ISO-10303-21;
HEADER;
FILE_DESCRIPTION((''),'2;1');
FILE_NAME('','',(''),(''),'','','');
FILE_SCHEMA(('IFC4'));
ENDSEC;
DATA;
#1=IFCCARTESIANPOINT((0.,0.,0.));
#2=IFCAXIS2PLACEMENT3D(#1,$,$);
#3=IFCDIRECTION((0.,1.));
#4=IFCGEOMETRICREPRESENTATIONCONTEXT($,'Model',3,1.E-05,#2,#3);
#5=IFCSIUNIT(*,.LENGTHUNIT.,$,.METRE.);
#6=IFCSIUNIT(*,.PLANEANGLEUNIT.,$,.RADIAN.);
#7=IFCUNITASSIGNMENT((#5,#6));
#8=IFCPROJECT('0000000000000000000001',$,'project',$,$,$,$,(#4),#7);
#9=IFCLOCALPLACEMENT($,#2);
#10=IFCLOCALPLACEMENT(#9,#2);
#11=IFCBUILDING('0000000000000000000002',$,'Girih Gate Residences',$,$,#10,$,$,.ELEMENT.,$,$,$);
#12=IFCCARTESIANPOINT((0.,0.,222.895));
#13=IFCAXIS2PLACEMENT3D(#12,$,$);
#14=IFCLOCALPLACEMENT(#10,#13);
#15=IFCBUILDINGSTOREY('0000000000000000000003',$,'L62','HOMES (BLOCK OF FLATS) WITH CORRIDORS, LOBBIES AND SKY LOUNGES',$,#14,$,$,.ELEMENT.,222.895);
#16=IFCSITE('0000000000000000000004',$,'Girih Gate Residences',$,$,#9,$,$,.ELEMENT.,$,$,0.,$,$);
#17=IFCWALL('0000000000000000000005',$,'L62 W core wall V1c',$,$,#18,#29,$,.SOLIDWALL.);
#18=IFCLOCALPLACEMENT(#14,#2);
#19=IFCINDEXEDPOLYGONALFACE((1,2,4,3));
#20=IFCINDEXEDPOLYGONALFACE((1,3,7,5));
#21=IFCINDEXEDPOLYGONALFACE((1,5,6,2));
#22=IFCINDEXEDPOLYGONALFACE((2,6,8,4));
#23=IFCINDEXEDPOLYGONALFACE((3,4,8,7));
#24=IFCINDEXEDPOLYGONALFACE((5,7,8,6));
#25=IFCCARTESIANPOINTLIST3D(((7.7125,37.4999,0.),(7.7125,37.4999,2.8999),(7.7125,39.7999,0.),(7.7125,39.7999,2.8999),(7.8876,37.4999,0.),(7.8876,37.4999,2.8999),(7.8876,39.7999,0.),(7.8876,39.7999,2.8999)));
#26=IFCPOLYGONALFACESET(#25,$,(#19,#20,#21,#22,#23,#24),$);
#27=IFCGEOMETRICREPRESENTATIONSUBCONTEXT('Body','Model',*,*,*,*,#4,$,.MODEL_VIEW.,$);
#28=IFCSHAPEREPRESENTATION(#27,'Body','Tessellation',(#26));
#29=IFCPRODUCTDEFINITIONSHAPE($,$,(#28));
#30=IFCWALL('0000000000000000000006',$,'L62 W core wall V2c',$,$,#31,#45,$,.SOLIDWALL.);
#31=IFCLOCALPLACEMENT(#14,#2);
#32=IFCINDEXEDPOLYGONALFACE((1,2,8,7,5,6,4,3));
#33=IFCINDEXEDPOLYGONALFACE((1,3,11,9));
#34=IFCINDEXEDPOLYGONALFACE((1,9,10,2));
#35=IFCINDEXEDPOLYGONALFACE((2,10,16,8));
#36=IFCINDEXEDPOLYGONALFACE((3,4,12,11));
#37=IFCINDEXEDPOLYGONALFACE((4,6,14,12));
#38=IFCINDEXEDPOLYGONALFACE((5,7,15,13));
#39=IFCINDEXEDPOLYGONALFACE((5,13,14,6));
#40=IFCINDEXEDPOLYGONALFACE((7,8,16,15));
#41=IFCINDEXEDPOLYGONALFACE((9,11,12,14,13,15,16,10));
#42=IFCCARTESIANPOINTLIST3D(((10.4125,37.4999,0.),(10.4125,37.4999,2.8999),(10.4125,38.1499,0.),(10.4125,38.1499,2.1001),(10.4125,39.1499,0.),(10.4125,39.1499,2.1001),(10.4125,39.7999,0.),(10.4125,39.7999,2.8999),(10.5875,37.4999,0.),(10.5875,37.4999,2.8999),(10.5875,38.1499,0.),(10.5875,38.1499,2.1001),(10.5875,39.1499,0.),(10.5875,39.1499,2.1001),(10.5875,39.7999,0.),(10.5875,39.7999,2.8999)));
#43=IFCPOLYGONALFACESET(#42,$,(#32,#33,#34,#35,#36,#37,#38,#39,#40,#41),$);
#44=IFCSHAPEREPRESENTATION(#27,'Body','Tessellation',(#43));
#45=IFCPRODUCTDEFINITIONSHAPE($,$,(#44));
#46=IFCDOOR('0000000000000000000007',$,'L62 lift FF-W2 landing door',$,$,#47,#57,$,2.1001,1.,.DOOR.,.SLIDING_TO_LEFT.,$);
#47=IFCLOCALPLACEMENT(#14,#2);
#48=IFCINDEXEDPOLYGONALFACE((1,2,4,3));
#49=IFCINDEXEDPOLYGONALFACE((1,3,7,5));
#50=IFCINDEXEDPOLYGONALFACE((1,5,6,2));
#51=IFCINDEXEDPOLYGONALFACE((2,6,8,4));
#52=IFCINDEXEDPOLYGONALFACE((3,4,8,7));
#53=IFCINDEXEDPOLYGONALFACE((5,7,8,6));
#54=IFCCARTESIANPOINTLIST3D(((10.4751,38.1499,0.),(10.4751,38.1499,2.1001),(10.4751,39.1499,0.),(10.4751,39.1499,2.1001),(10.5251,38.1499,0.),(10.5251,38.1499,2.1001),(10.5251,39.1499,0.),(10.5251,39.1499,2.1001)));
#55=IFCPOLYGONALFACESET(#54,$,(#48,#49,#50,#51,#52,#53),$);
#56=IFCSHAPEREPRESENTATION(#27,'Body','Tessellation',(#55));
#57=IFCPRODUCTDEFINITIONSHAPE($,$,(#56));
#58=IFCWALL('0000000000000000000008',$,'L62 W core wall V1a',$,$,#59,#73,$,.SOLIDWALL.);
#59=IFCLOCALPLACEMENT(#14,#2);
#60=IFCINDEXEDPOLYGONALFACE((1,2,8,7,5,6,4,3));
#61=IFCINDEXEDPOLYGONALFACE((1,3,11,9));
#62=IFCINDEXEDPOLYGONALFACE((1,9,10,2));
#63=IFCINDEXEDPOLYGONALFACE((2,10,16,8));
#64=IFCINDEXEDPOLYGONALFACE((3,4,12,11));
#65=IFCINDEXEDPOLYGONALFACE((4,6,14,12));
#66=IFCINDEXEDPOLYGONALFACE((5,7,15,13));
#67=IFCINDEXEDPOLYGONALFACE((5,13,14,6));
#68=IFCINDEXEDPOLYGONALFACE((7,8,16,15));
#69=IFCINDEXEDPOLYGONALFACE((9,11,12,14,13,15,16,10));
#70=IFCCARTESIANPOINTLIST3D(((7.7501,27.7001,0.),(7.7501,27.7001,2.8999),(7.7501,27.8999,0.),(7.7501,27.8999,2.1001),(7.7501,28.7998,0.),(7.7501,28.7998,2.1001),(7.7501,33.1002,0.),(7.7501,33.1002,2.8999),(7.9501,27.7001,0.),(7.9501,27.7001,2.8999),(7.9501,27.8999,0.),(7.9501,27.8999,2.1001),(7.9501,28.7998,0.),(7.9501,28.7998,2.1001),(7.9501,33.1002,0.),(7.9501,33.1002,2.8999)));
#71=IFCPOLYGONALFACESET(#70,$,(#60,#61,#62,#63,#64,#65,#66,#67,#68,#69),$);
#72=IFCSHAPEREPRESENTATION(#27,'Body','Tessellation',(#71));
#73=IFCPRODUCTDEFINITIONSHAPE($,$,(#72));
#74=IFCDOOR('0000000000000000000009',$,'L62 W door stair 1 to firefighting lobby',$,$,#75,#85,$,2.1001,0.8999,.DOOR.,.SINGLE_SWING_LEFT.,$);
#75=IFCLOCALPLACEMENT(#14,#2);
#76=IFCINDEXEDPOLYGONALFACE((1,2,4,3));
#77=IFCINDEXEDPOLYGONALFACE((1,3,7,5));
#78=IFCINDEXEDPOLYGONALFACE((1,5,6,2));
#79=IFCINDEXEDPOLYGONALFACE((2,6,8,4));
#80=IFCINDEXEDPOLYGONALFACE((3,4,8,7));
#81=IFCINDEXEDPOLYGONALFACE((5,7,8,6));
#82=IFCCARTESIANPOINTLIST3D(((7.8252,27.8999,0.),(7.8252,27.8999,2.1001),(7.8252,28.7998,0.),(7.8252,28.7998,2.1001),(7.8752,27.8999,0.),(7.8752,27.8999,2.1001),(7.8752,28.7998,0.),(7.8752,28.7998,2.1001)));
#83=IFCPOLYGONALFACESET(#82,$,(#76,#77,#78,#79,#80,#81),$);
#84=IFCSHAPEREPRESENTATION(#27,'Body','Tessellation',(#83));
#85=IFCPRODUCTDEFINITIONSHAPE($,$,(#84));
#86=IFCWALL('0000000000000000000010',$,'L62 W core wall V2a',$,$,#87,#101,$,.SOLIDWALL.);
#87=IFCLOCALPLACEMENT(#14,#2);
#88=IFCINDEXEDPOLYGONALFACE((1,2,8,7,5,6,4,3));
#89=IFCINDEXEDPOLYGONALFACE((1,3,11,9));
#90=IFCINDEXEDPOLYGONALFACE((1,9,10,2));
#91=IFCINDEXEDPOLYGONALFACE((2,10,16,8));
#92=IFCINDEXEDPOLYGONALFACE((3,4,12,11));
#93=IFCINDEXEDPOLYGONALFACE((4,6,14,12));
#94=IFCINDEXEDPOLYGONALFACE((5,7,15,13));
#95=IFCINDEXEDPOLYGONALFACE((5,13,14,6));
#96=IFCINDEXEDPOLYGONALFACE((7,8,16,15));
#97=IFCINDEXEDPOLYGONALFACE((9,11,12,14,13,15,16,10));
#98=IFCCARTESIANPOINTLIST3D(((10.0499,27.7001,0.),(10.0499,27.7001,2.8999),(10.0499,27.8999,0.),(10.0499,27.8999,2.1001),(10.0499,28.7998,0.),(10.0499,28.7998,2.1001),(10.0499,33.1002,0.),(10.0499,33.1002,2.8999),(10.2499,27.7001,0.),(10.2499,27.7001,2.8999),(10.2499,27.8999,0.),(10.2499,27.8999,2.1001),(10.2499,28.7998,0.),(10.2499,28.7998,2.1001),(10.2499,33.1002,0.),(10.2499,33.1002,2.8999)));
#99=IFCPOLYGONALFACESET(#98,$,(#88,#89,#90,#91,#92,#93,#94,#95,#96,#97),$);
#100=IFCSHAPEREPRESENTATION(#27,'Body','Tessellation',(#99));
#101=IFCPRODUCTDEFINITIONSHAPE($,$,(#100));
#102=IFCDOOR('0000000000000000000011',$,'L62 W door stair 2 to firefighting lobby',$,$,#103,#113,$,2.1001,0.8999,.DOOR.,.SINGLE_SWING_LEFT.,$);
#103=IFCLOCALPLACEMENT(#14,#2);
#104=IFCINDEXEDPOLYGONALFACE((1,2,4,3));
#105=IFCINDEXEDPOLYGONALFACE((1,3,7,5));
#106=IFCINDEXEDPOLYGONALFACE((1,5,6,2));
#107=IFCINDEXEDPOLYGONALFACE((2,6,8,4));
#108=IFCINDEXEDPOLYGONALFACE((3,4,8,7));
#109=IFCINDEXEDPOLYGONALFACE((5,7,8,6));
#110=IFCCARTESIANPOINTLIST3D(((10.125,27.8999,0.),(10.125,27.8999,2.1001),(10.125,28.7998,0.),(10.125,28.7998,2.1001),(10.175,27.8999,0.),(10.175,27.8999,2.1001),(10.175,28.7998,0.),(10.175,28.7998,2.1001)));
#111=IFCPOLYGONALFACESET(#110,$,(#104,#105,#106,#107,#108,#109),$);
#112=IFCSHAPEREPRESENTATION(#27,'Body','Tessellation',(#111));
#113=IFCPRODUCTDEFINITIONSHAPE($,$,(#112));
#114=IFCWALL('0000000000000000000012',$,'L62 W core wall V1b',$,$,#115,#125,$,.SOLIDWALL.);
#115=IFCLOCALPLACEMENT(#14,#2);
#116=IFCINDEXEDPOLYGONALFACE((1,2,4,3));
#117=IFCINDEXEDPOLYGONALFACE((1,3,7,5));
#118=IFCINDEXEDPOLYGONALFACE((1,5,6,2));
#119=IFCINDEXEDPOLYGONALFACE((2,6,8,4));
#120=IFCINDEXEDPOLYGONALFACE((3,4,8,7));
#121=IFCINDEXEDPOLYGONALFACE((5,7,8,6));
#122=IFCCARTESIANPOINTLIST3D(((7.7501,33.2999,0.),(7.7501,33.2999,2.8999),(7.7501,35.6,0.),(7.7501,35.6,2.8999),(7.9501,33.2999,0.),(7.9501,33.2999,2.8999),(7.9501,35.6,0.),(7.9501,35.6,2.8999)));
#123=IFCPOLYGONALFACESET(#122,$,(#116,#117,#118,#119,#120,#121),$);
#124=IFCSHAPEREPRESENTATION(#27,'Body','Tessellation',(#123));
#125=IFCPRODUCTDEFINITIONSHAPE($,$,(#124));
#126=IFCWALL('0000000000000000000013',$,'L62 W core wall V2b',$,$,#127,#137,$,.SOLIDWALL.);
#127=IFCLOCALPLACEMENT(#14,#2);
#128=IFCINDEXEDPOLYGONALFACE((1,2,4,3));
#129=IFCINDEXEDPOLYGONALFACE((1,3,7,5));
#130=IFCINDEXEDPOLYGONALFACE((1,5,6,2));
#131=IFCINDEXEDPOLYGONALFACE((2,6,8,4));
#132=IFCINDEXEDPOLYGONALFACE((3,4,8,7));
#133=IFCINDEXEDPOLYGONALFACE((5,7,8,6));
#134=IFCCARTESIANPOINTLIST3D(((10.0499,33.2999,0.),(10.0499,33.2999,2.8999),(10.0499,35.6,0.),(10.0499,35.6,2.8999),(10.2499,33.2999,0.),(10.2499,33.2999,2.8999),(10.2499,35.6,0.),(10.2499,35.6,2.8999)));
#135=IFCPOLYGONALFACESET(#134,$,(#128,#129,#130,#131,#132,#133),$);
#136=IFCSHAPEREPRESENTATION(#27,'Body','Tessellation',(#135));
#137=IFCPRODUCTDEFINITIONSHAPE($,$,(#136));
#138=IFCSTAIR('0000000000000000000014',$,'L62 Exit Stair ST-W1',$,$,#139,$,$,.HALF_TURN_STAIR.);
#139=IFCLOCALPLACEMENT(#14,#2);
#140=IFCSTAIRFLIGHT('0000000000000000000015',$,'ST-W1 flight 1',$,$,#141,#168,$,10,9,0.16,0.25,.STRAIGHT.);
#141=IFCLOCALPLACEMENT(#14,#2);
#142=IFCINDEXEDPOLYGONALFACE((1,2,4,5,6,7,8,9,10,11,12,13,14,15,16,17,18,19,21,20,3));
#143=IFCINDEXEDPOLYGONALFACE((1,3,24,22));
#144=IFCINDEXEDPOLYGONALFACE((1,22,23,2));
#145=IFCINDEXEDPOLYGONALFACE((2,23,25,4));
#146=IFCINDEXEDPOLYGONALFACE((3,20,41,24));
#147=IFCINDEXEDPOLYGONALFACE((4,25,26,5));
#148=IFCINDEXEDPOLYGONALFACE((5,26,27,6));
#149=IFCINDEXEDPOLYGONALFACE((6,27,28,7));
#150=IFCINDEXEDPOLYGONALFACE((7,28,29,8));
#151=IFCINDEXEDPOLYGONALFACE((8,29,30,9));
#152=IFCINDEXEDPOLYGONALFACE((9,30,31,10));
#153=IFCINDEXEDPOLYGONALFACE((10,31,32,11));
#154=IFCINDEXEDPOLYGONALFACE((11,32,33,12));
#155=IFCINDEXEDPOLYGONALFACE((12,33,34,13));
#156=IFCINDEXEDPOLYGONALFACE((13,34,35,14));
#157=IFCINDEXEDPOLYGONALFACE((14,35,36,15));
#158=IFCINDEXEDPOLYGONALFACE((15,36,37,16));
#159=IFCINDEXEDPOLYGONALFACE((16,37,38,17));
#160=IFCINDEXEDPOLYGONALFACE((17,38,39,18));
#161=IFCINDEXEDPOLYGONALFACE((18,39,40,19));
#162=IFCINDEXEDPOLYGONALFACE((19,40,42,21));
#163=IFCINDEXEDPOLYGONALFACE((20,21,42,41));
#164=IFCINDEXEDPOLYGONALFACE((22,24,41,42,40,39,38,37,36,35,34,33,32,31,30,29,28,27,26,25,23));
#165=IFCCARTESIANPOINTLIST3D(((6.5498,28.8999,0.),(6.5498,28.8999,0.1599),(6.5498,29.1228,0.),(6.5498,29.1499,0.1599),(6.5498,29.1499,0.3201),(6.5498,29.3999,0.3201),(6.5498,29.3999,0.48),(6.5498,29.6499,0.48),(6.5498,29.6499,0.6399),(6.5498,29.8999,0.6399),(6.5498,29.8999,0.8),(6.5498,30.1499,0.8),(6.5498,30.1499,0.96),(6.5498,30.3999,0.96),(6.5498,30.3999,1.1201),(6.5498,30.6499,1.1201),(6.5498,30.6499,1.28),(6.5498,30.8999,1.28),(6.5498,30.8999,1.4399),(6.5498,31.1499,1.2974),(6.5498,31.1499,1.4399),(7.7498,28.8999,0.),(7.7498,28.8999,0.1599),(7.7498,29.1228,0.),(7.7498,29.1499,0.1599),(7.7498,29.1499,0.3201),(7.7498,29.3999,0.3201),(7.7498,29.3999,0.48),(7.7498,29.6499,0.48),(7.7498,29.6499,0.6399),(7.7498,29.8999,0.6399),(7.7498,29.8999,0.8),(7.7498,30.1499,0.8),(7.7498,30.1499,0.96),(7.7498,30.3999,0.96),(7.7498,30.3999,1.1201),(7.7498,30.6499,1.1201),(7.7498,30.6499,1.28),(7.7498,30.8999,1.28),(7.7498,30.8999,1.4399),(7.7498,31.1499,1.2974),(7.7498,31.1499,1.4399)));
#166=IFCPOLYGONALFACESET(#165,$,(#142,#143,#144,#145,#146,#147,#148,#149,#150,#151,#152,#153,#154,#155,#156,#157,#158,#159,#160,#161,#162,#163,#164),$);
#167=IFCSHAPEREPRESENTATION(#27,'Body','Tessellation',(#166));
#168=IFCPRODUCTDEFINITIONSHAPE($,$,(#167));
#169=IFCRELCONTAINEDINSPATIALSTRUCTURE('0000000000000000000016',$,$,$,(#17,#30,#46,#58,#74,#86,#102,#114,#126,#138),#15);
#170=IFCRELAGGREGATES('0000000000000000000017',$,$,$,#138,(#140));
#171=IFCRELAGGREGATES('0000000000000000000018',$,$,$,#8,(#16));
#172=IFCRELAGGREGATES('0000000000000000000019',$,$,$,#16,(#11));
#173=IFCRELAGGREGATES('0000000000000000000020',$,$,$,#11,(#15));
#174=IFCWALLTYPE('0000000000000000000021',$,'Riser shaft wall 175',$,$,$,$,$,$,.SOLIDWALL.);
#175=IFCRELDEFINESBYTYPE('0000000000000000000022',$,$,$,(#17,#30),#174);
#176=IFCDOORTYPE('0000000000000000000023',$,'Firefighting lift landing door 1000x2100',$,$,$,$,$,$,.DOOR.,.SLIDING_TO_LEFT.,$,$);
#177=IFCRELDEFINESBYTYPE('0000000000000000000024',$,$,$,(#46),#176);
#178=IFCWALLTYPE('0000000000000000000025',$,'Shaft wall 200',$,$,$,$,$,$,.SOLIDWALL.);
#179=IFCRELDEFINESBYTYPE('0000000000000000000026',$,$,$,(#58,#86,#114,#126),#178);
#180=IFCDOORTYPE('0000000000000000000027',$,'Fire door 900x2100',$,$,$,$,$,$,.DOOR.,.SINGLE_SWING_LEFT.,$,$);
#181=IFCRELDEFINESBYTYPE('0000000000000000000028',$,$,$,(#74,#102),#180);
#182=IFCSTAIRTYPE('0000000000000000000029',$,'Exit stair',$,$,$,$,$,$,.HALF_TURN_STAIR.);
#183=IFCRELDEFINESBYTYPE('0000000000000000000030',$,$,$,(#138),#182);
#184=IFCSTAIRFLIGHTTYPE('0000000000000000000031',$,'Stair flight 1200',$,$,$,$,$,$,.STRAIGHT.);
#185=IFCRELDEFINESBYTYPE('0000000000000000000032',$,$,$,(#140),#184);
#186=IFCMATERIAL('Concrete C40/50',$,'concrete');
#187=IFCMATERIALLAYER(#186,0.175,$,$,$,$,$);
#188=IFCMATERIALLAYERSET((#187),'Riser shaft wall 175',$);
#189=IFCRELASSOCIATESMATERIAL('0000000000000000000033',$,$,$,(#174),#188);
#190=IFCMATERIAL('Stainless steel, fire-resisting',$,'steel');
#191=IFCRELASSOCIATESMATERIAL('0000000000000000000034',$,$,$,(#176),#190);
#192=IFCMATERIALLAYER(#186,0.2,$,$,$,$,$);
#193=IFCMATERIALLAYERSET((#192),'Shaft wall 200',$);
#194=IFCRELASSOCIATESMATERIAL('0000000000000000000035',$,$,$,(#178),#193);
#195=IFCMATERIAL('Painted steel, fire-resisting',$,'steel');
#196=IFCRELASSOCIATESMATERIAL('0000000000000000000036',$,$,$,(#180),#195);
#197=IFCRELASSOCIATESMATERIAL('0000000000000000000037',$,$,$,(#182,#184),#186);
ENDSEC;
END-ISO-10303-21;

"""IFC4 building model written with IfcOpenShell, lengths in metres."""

from ifc_helpers import new_model, si_unit, direction, frame, frame_2d, origin, place, context, subcontext, project, spatial, polyline, rectangle, outline, extrude, material, layer, layer_set, type_object, element, fill, aggregate, save


model = new_model("IFC4")

# Units and contexts
model_context = context("Model", 3, precision=1e-05, world=origin(), true_north=direction((0.0, 1.0)))
body_context = subcontext(model_context, "Body", "Model", "MODEL_VIEW")
ifc_project = project(units=[si_unit("LENGTHUNIT", "METRE"), si_unit("PLANEANGLEUNIT", "RADIAN")], contexts=[model_context])

# Site, building, storey
site_placement = place(None, origin())
site = spatial("IfcSite", under=ifc_project, at=site_placement, Name="Girih Gate Residences", CompositionType="ELEMENT", RefElevation=0.0)
building_placement = place(site_placement, origin())
building = spatial("IfcBuilding", under=site, at=building_placement, Name="Girih Gate Residences", CompositionType="ELEMENT")
storey_placement = place(building_placement, frame((0.0, 0.0, 222.895)))
storey = spatial("IfcBuildingStorey", under=building, at=storey_placement, Name="L62", Description="HOMES (BLOCK OF FLATS) WITH CORRIDORS, LOBBIES AND SKY LOUNGES", CompositionType="ELEMENT", Elevation=222.895)

# Wall
ifc_material_1 = material(Name="Concrete C40/50", Category="concrete")
ifc_layer_1 = layer(ifc_material_1, 0.175)
ifc_layer_set_1 = layer_set([ifc_layer_1], Name="Riser shaft wall 175")
wall_type_1 = type_object("IfcWallType", Name="Riser shaft wall 175", PredefinedType="SOLIDWALL", material=ifc_layer_set_1)
wall_1_placement = place(storey_placement, frame((7.8, 37.5, 0.0), z_axis=(0.0, 0.0, 1.0), x_axis=(0.0, 1.0, 0.0)))
element("IfcWall", 1, at=wall_1_placement, inside=storey, type_object=wall_type_1, Name="L62 W core wall V1c", PredefinedType="SOLIDWALL", context=body_context, shape_type="SweptSolid", body=[
    extrude(rectangle(XDim=2.3, YDim=0.175, at=frame_2d((1.1499, 0.0))), origin(), (0.0, 0.0, 1.0), 2.8999),
])

# Walls, openings, doors
wall_2_placement = place(storey_placement, frame((10.5, 37.5, 0.0), z_axis=(0.0, 0.0, 1.0), x_axis=(0.0, 1.0, 0.0)))
wall_2 = element("IfcWall", 2, at=wall_2_placement, inside=storey, type_object=wall_type_1, Name="L62 W core wall V2c", PredefinedType="SOLIDWALL", context=body_context, shape_type="SweptSolid", body=[
    extrude(rectangle(XDim=2.3, YDim=0.175, at=frame_2d((1.1499, 0.0))), origin(), (0.0, 0.0, 1.0), 2.8999),
])
opening_1_placement = place(wall_2_placement, frame((0.6499, 0.0, 0.0)))
opening_1 = element("IfcOpeningElement", 3, at=opening_1_placement, cuts=wall_2, PredefinedType="OPENING", context=body_context, shape_type="SweptSolid", body=[
    extrude(rectangle(XDim=1.0, YDim=2.1001, at=frame_2d((0.5, 1.05))), frame((0.0, 0.0974, 0.0), z_axis=(0.0, -1.0, 0.0), x_axis=(1.0, 0.0, 0.0)), (0.0, 0.0, 1.0), 0.1951),
])
ifc_material_2 = material(Name="Stainless steel, fire-resisting", Category="steel")
door_type_1 = type_object("IfcDoorType", Name="Firefighting lift landing door 1000x2100", OperationType="SLIDING_TO_LEFT", PredefinedType="DOOR", material=ifc_material_2)
door_1_placement = place(opening_1_placement, origin())
door_1 = element("IfcDoor", 4, at=door_1_placement, inside=storey, type_object=door_type_1, Name="L62 lift FF-W2 landing door", OperationType="SLIDING_TO_LEFT", OverallHeight=2.1001, OverallWidth=1.0, PredefinedType="DOOR", context=body_context, shape_type="SweptSolid", body=[
    extrude(rectangle(XDim=1.0, YDim=2.1001, at=frame_2d((0.5, 1.05))), frame((0.0, 0.0249, 0.0), z_axis=(0.0, -1.0, 0.0), x_axis=(1.0, 0.0, 0.0)), (0.0, 0.0, 1.0), 0.05),
])
fill(opening_1, door_1)
ifc_layer_2 = layer(ifc_material_1, 0.2)
ifc_layer_set_2 = layer_set([ifc_layer_2], Name="Shaft wall 200")
wall_type_2 = type_object("IfcWallType", Name="Shaft wall 200", PredefinedType="SOLIDWALL", material=ifc_layer_set_2)
wall_3_placement = place(storey_placement, frame((7.8501, 27.7, 0.0), z_axis=(0.0, 0.0, 1.0), x_axis=(0.0, 1.0, 0.0)))
wall_3 = element("IfcWall", 5, at=wall_3_placement, inside=storey, type_object=wall_type_2, Name="L62 W core wall V1a", PredefinedType="SOLIDWALL", context=body_context, shape_type="SweptSolid", body=[
    extrude(rectangle(XDim=5.4001, YDim=0.2, at=frame_2d((2.7002, 0.0))), origin(), (0.0, 0.0, 1.0), 2.8999),
])
opening_2_placement = place(wall_3_placement, frame((0.2, 0.0, 0.0)))
opening_2 = element("IfcOpeningElement", 6, at=opening_2_placement, cuts=wall_3, PredefinedType="OPENING", context=body_context, shape_type="SweptSolid", body=[
    extrude(rectangle(XDim=0.8999, YDim=2.1001, at=frame_2d((0.45, 1.05))), frame((0.0, 0.1099, 0.0), z_axis=(0.0, -1.0, 0.0), x_axis=(1.0, 0.0, 0.0)), (0.0, 0.0, 1.0), 0.22),
])
ifc_material_3 = material(Name="Painted steel, fire-resisting", Category="steel")
door_type_2 = type_object("IfcDoorType", Name="Fire door 900x2100", OperationType="SINGLE_SWING_LEFT", PredefinedType="DOOR", material=ifc_material_3)
door_2_placement = place(opening_2_placement, origin())
door_2 = element("IfcDoor", 7, at=door_2_placement, inside=storey, type_object=door_type_2, Name="L62 W door stair 1 to firefighting lobby", OperationType="SINGLE_SWING_LEFT", OverallHeight=2.1001, OverallWidth=0.8999, PredefinedType="DOOR", context=body_context, shape_type="SweptSolid", body=[
    extrude(rectangle(XDim=0.8999, YDim=2.1001, at=frame_2d((0.45, 1.05))), frame((0.0, 0.0249, 0.0), z_axis=(0.0, -1.0, 0.0), x_axis=(1.0, 0.0, 0.0)), (0.0, 0.0, 1.0), 0.05),
])
fill(opening_2, door_2)
wall_4_placement = place(storey_placement, frame((10.1499, 27.7, 0.0), z_axis=(0.0, 0.0, 1.0), x_axis=(0.0, 1.0, 0.0)))
wall_4 = element("IfcWall", 8, at=wall_4_placement, inside=storey, type_object=wall_type_2, Name="L62 W core wall V2a", PredefinedType="SOLIDWALL", context=body_context, shape_type="SweptSolid", body=[
    extrude(rectangle(XDim=5.4001, YDim=0.2, at=frame_2d((2.7002, 0.0))), origin(), (0.0, 0.0, 1.0), 2.8999),
])
opening_3_placement = place(wall_4_placement, frame((0.2, 0.0, 0.0)))
opening_3 = element("IfcOpeningElement", 9, at=opening_3_placement, cuts=wall_4, PredefinedType="OPENING", context=body_context, shape_type="SweptSolid", body=[
    extrude(rectangle(XDim=0.8999, YDim=2.1001, at=frame_2d((0.45, 1.05))), frame((0.0, 0.1099, 0.0), z_axis=(0.0, -1.0, 0.0), x_axis=(1.0, 0.0, 0.0)), (0.0, 0.0, 1.0), 0.22),
])
door_3_placement = place(opening_3_placement, origin())
door_3 = element("IfcDoor", 10, at=door_3_placement, inside=storey, type_object=door_type_2, Name="L62 W door stair 2 to firefighting lobby", OperationType="SINGLE_SWING_LEFT", OverallHeight=2.1001, OverallWidth=0.8999, PredefinedType="DOOR", context=body_context, shape_type="SweptSolid", body=[
    extrude(rectangle(XDim=0.8999, YDim=2.1001, at=frame_2d((0.45, 1.05))), frame((0.0, 0.0249, 0.0), z_axis=(0.0, -1.0, 0.0), x_axis=(1.0, 0.0, 0.0)), (0.0, 0.0, 1.0), 0.05),
])
fill(opening_3, door_3)

# Walls
for number, where, z_axis, x_axis, name in (
    (11, (7.8501, 33.3, 0.0), (0.0, 0.0, 1.0), (0.0, 1.0, 0.0), "L62 W core wall V1b"),
    (12, (10.1499, 33.3, 0.0), (0.0, 0.0, 1.0), (0.0, 1.0, 0.0), "L62 W core wall V2b"),
):
    element("IfcWall", number, at=place(storey_placement, frame(where, z_axis=z_axis, x_axis=x_axis)), inside=storey, type_object=wall_type_2, Name=name, PredefinedType="SOLIDWALL", context=body_context, shape_type="SweptSolid", body=[
        extrude(rectangle(XDim=2.3, YDim=0.2, at=frame_2d((1.1499, 0.0))), origin(), (0.0, 0.0, 1.0), 2.8999),
    ])

# Stair, stair flight
stair_type = type_object("IfcStairType", Name="Exit stair", PredefinedType="HALF_TURN_STAIR", material=ifc_material_1)
stair_1_placement = place(storey_placement, origin())
stair_1 = element("IfcStair", 13, at=stair_1_placement, inside=storey, type_object=stair_type, Name="L62 Exit Stair ST-W1", PredefinedType="HALF_TURN_STAIR")
stair_flight_type = type_object("IfcStairFlightType", Name="Stair flight 1200", PredefinedType="STRAIGHT", material=ifc_material_1)
stair_flight_1_placement = place(storey_placement, frame((7.1499, 28.8999, 0.0), z_axis=(0.0, 0.0, 1.0), x_axis=(0.0, 1.0, 0.0)))
stair_flight_1 = element("IfcStairFlight", 14, at=stair_flight_1_placement, type_object=stair_flight_type, Name="ST-W1 flight 1", NumberOfRisers=10, NumberOfTreads=9, PredefinedType="STRAIGHT", RiserHeight=0.16, TreadLength=0.25, context=body_context, shape_type="SweptSolid", body=[
    extrude(outline(polyline([(0.0, 0.0), (0.0, 0.1599), (0.25, 0.1599), (0.25, 0.3201), (0.5, 0.3201), (0.5, 0.48), (0.75, 0.48), (0.75, 0.6399), (1.0, 0.6399), (1.0, 0.8), (1.25, 0.8), (1.25, 0.96), (1.5, 0.96), (1.5, 1.1201), (1.75, 1.1201), (1.75, 1.28), (2.0, 1.28), (2.0, 1.4399), (2.25, 1.4399), (2.25, 1.6001), (2.25, 1.2974), (0.2229, 0.0), (0.0, 0.0)])), frame((0.0, 0.6001, 0.0), z_axis=(0.0, -1.0, 0.0), x_axis=(1.0, 0.0, 0.0)), (0.0, 0.0, 1.0), 1.2),
])
aggregate(stair_1, [stair_flight_1])

save(model, "model.ifc")
